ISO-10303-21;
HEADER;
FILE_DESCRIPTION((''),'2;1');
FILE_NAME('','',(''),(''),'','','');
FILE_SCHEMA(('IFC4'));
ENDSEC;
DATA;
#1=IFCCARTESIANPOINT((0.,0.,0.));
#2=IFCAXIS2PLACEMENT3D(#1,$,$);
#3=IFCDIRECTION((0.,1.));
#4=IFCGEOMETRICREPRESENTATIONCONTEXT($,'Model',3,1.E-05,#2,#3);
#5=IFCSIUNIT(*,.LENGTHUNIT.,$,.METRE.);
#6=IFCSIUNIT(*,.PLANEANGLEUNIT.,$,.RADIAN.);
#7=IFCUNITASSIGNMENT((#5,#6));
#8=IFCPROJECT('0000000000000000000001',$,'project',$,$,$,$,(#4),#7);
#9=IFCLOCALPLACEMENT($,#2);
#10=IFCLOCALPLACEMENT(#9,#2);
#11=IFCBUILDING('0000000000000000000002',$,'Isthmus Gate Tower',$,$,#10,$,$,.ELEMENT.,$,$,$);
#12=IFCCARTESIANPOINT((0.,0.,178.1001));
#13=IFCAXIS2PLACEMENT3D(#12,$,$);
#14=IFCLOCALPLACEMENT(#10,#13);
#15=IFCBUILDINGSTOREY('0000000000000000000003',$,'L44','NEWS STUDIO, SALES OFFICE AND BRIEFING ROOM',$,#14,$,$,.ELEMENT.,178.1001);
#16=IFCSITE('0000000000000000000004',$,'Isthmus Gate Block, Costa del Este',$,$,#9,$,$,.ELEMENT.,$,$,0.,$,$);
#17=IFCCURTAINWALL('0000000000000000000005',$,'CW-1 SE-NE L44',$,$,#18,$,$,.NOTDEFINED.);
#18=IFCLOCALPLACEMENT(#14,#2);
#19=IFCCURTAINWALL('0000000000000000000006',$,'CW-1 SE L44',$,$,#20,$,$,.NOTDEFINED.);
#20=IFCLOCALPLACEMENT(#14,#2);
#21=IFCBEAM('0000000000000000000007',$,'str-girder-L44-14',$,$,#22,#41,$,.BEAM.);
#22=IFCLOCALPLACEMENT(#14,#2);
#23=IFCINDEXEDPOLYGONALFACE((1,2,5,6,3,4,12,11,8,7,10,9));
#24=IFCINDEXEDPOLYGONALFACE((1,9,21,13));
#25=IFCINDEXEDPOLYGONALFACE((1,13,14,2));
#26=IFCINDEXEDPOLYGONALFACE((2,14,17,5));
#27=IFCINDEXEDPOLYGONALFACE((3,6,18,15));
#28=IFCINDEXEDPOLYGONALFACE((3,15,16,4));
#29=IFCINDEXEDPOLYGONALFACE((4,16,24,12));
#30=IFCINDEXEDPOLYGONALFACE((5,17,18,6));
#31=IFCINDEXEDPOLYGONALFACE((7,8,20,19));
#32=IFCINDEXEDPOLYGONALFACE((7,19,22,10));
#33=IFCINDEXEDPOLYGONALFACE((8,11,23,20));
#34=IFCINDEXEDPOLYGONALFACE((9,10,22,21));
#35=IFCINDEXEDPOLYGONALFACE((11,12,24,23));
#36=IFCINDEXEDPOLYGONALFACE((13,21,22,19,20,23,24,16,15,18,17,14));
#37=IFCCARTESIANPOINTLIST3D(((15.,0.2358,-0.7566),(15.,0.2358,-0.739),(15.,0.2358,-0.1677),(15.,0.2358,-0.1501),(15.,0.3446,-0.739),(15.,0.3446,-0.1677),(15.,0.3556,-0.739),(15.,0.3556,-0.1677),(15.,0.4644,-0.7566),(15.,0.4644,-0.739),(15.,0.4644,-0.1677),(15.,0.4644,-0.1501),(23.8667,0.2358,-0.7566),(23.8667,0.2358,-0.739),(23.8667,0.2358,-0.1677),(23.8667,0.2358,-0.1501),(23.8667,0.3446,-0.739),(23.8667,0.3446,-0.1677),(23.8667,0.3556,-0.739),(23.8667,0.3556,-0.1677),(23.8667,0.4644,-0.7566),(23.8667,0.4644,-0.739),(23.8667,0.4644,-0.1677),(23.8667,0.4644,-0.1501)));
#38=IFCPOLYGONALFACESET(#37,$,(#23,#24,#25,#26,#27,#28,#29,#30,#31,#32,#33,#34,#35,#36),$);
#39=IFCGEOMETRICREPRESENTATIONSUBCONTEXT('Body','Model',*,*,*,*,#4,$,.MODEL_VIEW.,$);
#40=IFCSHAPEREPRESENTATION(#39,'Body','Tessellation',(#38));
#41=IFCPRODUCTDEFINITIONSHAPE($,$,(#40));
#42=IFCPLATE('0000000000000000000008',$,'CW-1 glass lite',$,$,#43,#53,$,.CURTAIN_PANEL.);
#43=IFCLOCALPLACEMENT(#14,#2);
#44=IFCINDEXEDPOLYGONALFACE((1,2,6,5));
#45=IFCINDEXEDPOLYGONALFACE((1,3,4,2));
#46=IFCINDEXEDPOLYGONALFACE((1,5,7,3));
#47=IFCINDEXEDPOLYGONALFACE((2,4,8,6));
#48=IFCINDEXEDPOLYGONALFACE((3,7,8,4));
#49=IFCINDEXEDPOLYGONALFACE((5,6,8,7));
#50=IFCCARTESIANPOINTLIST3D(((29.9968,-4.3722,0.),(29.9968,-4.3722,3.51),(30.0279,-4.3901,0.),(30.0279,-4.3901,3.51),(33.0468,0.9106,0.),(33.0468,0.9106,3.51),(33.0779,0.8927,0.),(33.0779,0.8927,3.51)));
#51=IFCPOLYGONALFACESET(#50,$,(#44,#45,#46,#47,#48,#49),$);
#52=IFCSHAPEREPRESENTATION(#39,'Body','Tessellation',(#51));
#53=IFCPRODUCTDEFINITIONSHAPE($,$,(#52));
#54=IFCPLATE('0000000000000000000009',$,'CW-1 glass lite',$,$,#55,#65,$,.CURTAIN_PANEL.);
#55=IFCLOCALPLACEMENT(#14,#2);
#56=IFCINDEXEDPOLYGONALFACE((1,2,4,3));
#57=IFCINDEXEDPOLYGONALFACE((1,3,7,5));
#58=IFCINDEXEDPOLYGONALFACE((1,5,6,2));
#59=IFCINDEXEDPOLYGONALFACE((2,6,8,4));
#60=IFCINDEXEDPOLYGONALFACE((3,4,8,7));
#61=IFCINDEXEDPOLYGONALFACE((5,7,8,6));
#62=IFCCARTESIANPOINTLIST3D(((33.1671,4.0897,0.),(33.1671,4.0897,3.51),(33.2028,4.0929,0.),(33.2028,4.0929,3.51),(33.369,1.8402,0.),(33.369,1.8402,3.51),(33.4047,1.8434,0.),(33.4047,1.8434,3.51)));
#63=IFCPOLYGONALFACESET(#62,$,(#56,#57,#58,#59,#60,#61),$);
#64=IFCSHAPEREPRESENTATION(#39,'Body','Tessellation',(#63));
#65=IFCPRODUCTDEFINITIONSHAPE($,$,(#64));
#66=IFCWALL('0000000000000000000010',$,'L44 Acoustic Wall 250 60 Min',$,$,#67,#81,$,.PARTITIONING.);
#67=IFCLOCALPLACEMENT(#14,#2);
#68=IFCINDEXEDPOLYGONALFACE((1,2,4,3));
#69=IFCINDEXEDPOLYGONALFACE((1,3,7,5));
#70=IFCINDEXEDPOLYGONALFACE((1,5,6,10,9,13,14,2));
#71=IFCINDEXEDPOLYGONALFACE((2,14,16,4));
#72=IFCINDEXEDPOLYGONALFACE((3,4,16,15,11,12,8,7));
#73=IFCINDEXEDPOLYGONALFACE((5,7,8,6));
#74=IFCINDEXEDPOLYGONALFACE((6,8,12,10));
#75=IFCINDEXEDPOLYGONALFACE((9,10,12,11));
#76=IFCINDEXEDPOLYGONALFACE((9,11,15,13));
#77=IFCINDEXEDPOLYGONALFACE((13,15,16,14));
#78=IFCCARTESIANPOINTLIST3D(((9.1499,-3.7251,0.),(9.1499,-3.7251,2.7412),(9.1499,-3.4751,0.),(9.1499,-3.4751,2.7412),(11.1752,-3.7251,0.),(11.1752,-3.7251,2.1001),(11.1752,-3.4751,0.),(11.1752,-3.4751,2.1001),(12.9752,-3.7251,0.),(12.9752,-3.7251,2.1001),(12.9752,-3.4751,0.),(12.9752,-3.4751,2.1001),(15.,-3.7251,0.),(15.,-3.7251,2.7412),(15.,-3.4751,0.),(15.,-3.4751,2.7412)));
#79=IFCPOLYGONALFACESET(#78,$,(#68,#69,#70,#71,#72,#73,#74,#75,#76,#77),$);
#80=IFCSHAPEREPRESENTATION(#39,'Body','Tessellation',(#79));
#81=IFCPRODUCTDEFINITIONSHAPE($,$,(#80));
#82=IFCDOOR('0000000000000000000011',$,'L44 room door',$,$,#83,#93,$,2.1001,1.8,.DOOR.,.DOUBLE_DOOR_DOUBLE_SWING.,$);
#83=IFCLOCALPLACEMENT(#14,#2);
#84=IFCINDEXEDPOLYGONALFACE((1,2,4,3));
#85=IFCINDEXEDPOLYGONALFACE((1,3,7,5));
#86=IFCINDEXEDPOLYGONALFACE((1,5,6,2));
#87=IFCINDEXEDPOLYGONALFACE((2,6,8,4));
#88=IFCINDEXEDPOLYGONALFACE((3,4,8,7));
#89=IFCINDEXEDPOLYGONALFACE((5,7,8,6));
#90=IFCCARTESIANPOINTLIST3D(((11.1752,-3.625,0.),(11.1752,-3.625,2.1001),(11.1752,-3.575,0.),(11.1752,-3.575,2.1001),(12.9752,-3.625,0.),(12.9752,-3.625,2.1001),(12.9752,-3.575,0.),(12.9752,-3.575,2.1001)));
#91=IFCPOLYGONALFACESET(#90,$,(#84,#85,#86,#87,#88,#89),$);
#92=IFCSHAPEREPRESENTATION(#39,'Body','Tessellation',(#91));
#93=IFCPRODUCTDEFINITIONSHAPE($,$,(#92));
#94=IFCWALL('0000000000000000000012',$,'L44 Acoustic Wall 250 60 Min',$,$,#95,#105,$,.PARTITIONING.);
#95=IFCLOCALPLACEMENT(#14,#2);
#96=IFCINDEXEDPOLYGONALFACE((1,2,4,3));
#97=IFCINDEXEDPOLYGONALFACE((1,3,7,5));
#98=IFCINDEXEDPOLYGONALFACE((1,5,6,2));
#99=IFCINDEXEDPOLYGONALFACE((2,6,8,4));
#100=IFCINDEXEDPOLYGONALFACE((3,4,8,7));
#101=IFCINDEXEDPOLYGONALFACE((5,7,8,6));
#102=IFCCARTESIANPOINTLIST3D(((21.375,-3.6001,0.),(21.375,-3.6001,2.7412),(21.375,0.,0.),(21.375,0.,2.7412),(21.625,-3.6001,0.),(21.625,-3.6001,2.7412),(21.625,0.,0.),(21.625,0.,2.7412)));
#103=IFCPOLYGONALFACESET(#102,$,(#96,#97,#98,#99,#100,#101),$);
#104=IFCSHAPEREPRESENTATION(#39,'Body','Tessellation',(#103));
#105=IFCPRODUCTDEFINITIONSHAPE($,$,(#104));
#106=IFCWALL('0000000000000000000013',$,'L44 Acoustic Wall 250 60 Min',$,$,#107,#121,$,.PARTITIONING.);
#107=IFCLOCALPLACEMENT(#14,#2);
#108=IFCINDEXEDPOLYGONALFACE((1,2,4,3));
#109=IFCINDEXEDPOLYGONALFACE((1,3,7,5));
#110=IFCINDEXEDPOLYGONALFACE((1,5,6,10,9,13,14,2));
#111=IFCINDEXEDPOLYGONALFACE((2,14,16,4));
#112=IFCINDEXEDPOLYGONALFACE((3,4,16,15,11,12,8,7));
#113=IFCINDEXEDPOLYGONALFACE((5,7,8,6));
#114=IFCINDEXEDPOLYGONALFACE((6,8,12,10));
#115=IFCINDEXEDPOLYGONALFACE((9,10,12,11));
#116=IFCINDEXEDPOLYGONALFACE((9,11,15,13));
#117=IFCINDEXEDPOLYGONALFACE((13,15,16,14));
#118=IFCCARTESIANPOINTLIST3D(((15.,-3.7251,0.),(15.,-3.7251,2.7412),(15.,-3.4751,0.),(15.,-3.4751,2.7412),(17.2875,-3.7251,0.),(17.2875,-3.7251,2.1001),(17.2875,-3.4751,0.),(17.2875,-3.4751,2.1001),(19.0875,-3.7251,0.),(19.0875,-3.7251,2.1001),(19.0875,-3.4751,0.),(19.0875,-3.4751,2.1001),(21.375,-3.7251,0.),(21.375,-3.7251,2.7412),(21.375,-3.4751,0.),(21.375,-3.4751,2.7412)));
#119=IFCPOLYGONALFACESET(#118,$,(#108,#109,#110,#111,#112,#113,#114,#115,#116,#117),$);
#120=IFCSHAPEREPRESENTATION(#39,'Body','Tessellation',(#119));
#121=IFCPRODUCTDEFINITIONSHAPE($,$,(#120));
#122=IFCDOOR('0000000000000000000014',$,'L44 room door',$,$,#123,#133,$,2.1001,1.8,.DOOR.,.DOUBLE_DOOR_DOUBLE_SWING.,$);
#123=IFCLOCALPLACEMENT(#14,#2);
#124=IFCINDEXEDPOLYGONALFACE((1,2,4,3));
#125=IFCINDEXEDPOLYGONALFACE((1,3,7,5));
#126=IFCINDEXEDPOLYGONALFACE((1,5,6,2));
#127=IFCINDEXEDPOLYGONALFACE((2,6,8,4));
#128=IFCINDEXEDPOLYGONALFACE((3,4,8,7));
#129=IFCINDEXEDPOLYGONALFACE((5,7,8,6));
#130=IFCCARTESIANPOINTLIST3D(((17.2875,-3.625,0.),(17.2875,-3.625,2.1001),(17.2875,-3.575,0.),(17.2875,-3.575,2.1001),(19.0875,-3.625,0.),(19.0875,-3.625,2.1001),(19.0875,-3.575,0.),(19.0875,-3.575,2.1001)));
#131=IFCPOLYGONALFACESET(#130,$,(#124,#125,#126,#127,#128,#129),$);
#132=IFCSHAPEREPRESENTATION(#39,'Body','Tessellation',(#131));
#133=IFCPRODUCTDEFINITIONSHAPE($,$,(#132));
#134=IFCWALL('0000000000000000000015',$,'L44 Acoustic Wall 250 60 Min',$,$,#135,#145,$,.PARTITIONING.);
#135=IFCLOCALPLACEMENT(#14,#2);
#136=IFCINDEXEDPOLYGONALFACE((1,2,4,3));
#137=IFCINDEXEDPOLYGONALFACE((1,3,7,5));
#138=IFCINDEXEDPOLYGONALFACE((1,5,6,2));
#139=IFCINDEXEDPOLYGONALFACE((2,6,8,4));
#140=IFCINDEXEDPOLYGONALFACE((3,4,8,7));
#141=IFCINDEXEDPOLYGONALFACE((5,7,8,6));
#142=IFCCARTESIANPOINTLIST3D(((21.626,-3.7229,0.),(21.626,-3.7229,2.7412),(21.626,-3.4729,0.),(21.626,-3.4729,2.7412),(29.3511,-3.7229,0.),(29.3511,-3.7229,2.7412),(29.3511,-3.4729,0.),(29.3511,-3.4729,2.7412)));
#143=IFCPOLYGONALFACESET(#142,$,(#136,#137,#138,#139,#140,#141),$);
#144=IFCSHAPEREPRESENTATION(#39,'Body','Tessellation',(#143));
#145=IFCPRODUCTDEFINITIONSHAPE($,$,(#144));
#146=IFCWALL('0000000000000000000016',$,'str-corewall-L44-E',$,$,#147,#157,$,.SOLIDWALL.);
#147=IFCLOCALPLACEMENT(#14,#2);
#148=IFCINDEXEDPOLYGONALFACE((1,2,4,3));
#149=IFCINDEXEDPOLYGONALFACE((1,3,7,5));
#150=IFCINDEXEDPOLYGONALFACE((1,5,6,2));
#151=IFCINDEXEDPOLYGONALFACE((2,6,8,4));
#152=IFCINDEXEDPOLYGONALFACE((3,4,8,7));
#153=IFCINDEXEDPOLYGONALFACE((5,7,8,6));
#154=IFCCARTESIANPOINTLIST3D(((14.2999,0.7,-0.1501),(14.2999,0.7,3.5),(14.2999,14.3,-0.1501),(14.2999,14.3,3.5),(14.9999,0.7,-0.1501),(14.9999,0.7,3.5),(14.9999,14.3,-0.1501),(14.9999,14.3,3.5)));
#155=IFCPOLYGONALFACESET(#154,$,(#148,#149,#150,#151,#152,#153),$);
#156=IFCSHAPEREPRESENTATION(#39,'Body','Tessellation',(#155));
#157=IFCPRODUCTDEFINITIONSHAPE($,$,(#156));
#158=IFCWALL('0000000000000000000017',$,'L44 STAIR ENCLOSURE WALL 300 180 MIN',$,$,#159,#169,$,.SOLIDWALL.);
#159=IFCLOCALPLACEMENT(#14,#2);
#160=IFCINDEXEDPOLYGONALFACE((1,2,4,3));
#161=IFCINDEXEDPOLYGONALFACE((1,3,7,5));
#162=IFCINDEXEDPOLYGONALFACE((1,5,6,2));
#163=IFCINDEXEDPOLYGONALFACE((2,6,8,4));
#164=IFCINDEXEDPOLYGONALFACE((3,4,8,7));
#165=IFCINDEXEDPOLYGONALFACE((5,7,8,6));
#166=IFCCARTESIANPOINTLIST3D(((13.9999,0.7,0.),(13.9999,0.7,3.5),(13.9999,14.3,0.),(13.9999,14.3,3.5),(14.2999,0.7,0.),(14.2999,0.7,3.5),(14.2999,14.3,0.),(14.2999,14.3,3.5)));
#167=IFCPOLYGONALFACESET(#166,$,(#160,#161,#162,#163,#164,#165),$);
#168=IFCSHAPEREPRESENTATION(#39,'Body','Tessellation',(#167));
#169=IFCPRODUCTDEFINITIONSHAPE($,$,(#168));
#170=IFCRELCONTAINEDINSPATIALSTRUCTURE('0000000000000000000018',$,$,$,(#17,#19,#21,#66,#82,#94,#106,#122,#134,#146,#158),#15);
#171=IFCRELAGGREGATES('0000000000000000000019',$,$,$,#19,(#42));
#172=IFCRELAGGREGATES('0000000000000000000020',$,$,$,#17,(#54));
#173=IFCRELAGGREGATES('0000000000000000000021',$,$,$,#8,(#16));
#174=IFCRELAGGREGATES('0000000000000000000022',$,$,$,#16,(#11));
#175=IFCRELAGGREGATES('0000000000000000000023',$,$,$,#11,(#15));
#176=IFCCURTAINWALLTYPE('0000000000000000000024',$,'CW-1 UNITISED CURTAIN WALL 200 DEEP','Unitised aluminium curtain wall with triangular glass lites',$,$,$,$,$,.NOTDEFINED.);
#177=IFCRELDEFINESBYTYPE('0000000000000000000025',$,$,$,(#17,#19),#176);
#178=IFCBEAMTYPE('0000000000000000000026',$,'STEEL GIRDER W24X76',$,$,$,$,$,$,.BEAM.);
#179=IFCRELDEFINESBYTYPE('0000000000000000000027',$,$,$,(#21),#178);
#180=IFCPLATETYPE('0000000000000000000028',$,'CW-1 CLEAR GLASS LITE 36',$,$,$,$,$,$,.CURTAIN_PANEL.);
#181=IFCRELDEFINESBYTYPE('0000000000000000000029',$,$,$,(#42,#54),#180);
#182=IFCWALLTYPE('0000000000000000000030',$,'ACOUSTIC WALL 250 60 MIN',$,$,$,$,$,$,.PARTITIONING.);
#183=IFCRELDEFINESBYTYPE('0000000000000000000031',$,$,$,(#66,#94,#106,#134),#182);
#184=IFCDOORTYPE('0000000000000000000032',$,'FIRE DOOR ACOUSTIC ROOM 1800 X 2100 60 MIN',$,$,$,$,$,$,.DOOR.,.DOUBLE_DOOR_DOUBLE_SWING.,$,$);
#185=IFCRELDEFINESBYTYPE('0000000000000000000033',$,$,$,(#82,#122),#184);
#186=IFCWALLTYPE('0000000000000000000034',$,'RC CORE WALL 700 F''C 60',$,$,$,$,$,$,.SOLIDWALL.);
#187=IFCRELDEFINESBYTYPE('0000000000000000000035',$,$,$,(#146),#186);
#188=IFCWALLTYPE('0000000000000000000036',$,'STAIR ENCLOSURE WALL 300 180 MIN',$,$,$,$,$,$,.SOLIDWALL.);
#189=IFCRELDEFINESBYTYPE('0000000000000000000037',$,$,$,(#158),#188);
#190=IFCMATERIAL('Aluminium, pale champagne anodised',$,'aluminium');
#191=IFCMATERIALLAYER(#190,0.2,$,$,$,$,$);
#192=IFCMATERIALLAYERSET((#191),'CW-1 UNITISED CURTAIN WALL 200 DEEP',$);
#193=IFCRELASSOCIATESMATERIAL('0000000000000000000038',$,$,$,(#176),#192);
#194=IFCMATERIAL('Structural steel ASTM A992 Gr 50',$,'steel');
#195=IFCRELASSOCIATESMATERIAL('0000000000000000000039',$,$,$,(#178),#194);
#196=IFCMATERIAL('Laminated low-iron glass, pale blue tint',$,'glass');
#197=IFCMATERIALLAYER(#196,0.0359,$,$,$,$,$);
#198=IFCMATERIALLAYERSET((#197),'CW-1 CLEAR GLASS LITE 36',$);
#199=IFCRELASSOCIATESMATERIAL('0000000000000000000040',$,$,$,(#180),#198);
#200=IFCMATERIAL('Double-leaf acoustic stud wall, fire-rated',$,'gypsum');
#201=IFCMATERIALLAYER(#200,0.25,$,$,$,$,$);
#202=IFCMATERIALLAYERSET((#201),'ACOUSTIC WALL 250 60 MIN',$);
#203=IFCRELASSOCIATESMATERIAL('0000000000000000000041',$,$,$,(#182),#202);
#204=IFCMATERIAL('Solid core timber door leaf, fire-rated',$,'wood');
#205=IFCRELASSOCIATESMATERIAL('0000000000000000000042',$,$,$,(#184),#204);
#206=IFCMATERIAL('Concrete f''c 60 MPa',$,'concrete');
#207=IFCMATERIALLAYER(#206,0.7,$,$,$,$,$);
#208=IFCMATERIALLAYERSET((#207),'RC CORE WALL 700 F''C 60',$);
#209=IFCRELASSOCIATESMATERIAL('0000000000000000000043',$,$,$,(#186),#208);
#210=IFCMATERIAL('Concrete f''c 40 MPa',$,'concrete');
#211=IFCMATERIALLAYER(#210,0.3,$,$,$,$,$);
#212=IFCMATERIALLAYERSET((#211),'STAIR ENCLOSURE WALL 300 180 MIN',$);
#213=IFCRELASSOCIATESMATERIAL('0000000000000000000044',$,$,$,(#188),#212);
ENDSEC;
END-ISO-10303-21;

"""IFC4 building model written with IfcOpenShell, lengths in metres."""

from ifc_helpers import new_model, si_unit, direction, frame, frame_2d, origin, origin_2d, place, context, subcontext, project, spatial, rectangle, i_section, extrude, material, layer, layer_set, material_profile, profile_set, type_object, element, fill, aggregate, save


model = new_model("IFC4")

# Units and contexts
model_context = context("Model", 3, precision=1e-05, world=origin(), true_north=direction((0.0, 1.0)))
body_context = subcontext(model_context, "Body", "Model", "MODEL_VIEW")
ifc_project = project(units=[si_unit("LENGTHUNIT", "METRE"), si_unit("PLANEANGLEUNIT", "RADIAN")], contexts=[model_context])

# Site, building, storey
site_placement = place(None, origin())
site = spatial("IfcSite", under=ifc_project, at=site_placement, Name="Isthmus Gate Block, Costa del Este", CompositionType="ELEMENT", RefElevation=0.0)
building_placement = place(site_placement, origin())
building = spatial("IfcBuilding", under=site, at=building_placement, Name="Isthmus Gate Tower", CompositionType="ELEMENT")
storey_placement = place(building_placement, frame((0.0, 0.0, 178.1001)))
storey = spatial("IfcBuildingStorey", under=building, at=storey_placement, Name="L44", Description="NEWS STUDIO, SALES OFFICE AND BRIEFING ROOM", CompositionType="ELEMENT", Elevation=178.1001)

# Curtain walls
ifc_material_1 = material(Name="Aluminium, pale champagne anodised", Category="aluminium")
ifc_layer_1 = layer(ifc_material_1, 0.2)
ifc_layer_set_1 = layer_set([ifc_layer_1], Name="CW-1 UNITISED CURTAIN WALL 200 DEEP")
curtain_wall_type = type_object("IfcCurtainWallType", Name="CW-1 UNITISED CURTAIN WALL 200 DEEP", Description="Unitised aluminium curtain wall with triangular glass lites", PredefinedType="NOTDEFINED", material=ifc_layer_set_1)
curtain_wall_1_placement = place(storey_placement, origin())
curtain_wall_1 = element("IfcCurtainWall", 1, at=curtain_wall_1_placement, inside=storey, type_object=curtain_wall_type, Name="CW-1 SE-NE L44", PredefinedType="NOTDEFINED")
curtain_wall_2_placement = place(storey_placement, origin())
curtain_wall_2 = element("IfcCurtainWall", 2, at=curtain_wall_2_placement, inside=storey, type_object=curtain_wall_type, Name="CW-1 SE L44", PredefinedType="NOTDEFINED")

# Beam
ifc_material_2 = material(Name="Structural steel ASTM A992 Gr 50", Category="steel")
ifc_material_profile_1 = material_profile(ifc_material_2, i_section(OverallWidth=0.2285, OverallDepth=0.6064, WebThickness=0.011, FlangeThickness=0.0176, at=origin_2d()), Name="W24X76")
ifc_profile_set_1 = profile_set([ifc_material_profile_1], Name="Structural steel ASTM A992 Gr 50")
beam_type_1 = type_object("IfcBeamType", Name="STEEL GIRDER W24X76", PredefinedType="BEAM", material=ifc_profile_set_1)
beam_1_placement = place(storey_placement, frame((15.0, 0.3501, -0.4534), z_axis=(1.0, 0.0, 0.0), x_axis=(0.0, 1.0, 0.0)))
element("IfcBeam", 3, at=beam_1_placement, inside=storey, type_object=beam_type_1, Name="str-girder-L44-14", PredefinedType="BEAM", context=body_context, shape_type="SweptSolid", body=[
    extrude(i_section(OverallWidth=0.2285, OverallDepth=0.6064, WebThickness=0.011, FlangeThickness=0.0176, at=origin_2d()), origin(), (0.0, 0.0, 1.0), 8.8667),
])

# Plates
ifc_material_3 = material(Name="Laminated low-iron glass, pale blue tint", Category="glass")
ifc_layer_2 = layer(ifc_material_3, 0.0359)
ifc_layer_set_2 = layer_set([ifc_layer_2], Name="CW-1 CLEAR GLASS LITE 36")
plate_type = type_object("IfcPlateType", Name="CW-1 CLEAR GLASS LITE 36", PredefinedType="CURTAIN_PANEL", material=ifc_layer_set_2)
plate_1_placement = place(storey_placement, frame((31.5374, -1.7397, 0.0), z_axis=(0.0, 0.0, 1.0), x_axis=(0.5, 0.866025, 0.0)))
plate_1 = element("IfcPlate", 4, at=plate_1_placement, type_object=plate_type, Name="CW-1 glass lite", PredefinedType="CURTAIN_PANEL", context=body_context, shape_type="SweptSolid", body=[
    extrude(rectangle(XDim=6.1001, YDim=0.0359, at=origin_2d()), origin(), (0.0, 0.0, 1.0), 3.51),
])
aggregate(curtain_wall_2, [plate_1])
plate_2_placement = place(storey_placement, frame((33.2859, 2.9666, 0.0), z_axis=(0.0, 0.0, 1.0), x_axis=(-0.089397, 0.995996, 0.0)))
plate_2 = element("IfcPlate", 5, at=plate_2_placement, type_object=plate_type, Name="CW-1 glass lite", PredefinedType="CURTAIN_PANEL", context=body_context, shape_type="SweptSolid", body=[
    extrude(rectangle(XDim=2.2585, YDim=0.0359, at=origin_2d()), origin(), (0.0, 0.0, 1.0), 3.51),
])
aggregate(curtain_wall_1, [plate_2])

# Wall, opening, door
ifc_material_4 = material(Name="Double-leaf acoustic stud wall, fire-rated", Category="gypsum")
ifc_layer_3 = layer(ifc_material_4, 0.25)
ifc_layer_set_3 = layer_set([ifc_layer_3], Name="ACOUSTIC WALL 250 60 MIN")
wall_type_1 = type_object("IfcWallType", Name="ACOUSTIC WALL 250 60 MIN", PredefinedType="PARTITIONING", material=ifc_layer_set_3)
wall_1_placement = place(storey_placement, frame((15.0, -3.6001, 0.0), z_axis=(0.0, 0.0, 1.0), x_axis=(-1.0, 0.0, 0.0)))
wall_1 = element("IfcWall", 6, at=wall_1_placement, inside=storey, type_object=wall_type_1, Name="L44 Acoustic Wall 250 60 Min", PredefinedType="PARTITIONING", context=body_context, shape_type="SweptSolid", body=[
    extrude(rectangle(XDim=5.8501, YDim=0.25, at=frame_2d((2.925, 0.0))), origin(), (0.0, 0.0, 1.0), 2.7412),
])
opening_1_placement = place(wall_1_placement, frame((2.0249, 0.0, 0.0)))
opening_1 = element("IfcOpeningElement", 7, at=opening_1_placement, cuts=wall_1, PredefinedType="OPENING", context=body_context, shape_type="SweptSolid", body=[
    extrude(rectangle(XDim=1.8, YDim=2.1001, at=frame_2d((0.8999, 1.05))), frame((0.0, 0.135, 0.0), z_axis=(0.0, -1.0, 0.0), x_axis=(1.0, 0.0, 0.0)), (0.0, 0.0, 1.0), 0.27),
])
ifc_material_5 = material(Name="Solid core timber door leaf, fire-rated", Category="wood")
door_type = type_object("IfcDoorType", Name="FIRE DOOR ACOUSTIC ROOM 1800 X 2100 60 MIN", OperationType="DOUBLE_DOOR_DOUBLE_SWING", PredefinedType="DOOR", material=ifc_material_5)
door_1_placement = place(opening_1_placement, origin())
door_1 = element("IfcDoor", 8, at=door_1_placement, inside=storey, type_object=door_type, Name="L44 room door", OperationType="DOUBLE_DOOR_DOUBLE_SWING", OverallHeight=2.1001, OverallWidth=1.8, PredefinedType="DOOR", context=body_context, shape_type="SweptSolid", body=[
    extrude(rectangle(XDim=1.8, YDim=2.1001, at=frame_2d((0.8999, 1.05))), frame((0.0, 0.0249, 0.0), z_axis=(0.0, -1.0, 0.0), x_axis=(1.0, 0.0, 0.0)), (0.0, 0.0, 1.0), 0.05),
])
fill(opening_1, door_1)

# Wall
wall_2_placement = place(storey_placement, frame((21.5, 0.0, 0.0), z_axis=(0.0, 0.0, 1.0), x_axis=(0.0, -1.0, 0.0)))
element("IfcWall", 9, at=wall_2_placement, inside=storey, type_object=wall_type_1, Name="L44 Acoustic Wall 250 60 Min", PredefinedType="PARTITIONING", context=body_context, shape_type="SweptSolid", body=[
    extrude(rectangle(XDim=3.6001, YDim=0.25, at=frame_2d((1.8, 0.0))), origin(), (0.0, 0.0, 1.0), 2.7412),
])

# Wall, opening, door
wall_3_placement = place(storey_placement, frame((21.375, -3.6001, 0.0), z_axis=(0.0, 0.0, 1.0), x_axis=(-1.0, 0.0, 0.0)))
wall_3 = element("IfcWall", 10, at=wall_3_placement, inside=storey, type_object=wall_type_1, Name="L44 Acoustic Wall 250 60 Min", PredefinedType="PARTITIONING", context=body_context, shape_type="SweptSolid", body=[
    extrude(rectangle(XDim=6.375, YDim=0.25, at=frame_2d((3.1875, 0.0))), origin(), (0.0, 0.0, 1.0), 2.7412),
])
opening_2_placement = place(wall_3_placement, frame((2.2876, 0.0, 0.0)))
opening_2 = element("IfcOpeningElement", 11, at=opening_2_placement, cuts=wall_3, PredefinedType="OPENING", context=body_context, shape_type="SweptSolid", body=[
    extrude(rectangle(XDim=1.8, YDim=2.1001, at=frame_2d((0.8999, 1.05))), frame((0.0, 0.135, 0.0), z_axis=(0.0, -1.0, 0.0), x_axis=(1.0, 0.0, 0.0)), (0.0, 0.0, 1.0), 0.27),
])
door_2_placement = place(opening_2_placement, origin())
door_2 = element("IfcDoor", 12, at=door_2_placement, inside=storey, type_object=door_type, Name="L44 room door", OperationType="DOUBLE_DOOR_DOUBLE_SWING", OverallHeight=2.1001, OverallWidth=1.8, PredefinedType="DOOR", context=body_context, shape_type="SweptSolid", body=[
    extrude(rectangle(XDim=1.8, YDim=2.1001, at=frame_2d((0.8999, 1.05))), frame((0.0, 0.0249, 0.0), z_axis=(0.0, -1.0, 0.0), x_axis=(1.0, 0.0, 0.0)), (0.0, 0.0, 1.0), 0.05),
])
fill(opening_2, door_2)

# Walls
wall_4_placement = place(storey_placement, frame((21.626, -3.5979, 0.0), z_axis=(0.0, 0.0, 1.0), x_axis=(1.0, 0.0, 0.0)))
element("IfcWall", 13, at=wall_4_placement, inside=storey, type_object=wall_type_1, Name="L44 Acoustic Wall 250 60 Min", PredefinedType="PARTITIONING", context=body_context, shape_type="SweptSolid", body=[
    extrude(rectangle(XDim=7.7251, YDim=0.25, at=frame_2d((3.8625, 0.0))), origin(), (0.0, 0.0, 1.0), 2.7412),
])
ifc_material_6 = material(Name="Concrete f'c 60 MPa", Category="concrete")
ifc_layer_4 = layer(ifc_material_6, 0.7)
ifc_layer_set_4 = layer_set([ifc_layer_4], Name="RC CORE WALL 700 F'C 60")
wall_type_2 = type_object("IfcWallType", Name="RC CORE WALL 700 F'C 60", PredefinedType="SOLIDWALL", material=ifc_layer_set_4)
wall_5_placement = place(storey_placement, frame((14.6499, 0.7, -0.1501), z_axis=(0.0, 0.0, 1.0), x_axis=(0.0, 1.0, 0.0)))
element("IfcWall", 14, at=wall_5_placement, inside=storey, type_object=wall_type_2, Name="str-corewall-L44-E", PredefinedType="SOLIDWALL", context=body_context, shape_type="SweptSolid", body=[
    extrude(rectangle(XDim=13.6001, YDim=0.7, at=frame_2d((6.8, 0.0))), origin(), (0.0, 0.0, 1.0), 3.6501),
])
ifc_material_7 = material(Name="Concrete f'c 40 MPa", Category="concrete")
ifc_layer_5 = layer(ifc_material_7, 0.3)
ifc_layer_set_5 = layer_set([ifc_layer_5], Name="STAIR ENCLOSURE WALL 300 180 MIN")
wall_type_3 = type_object("IfcWallType", Name="STAIR ENCLOSURE WALL 300 180 MIN", PredefinedType="SOLIDWALL", material=ifc_layer_set_5)
wall_6_placement = place(storey_placement, frame((14.1499, 0.7, 0.0), z_axis=(0.0, 0.0, 1.0), x_axis=(0.0, 1.0, 0.0)))
element("IfcWall", 15, at=wall_6_placement, inside=storey, type_object=wall_type_3, Name="L44 STAIR ENCLOSURE WALL 300 180 MIN", PredefinedType="SOLIDWALL", context=body_context, shape_type="SweptSolid", body=[
    extrude(rectangle(XDim=13.6001, YDim=0.3, at=frame_2d((6.8, 0.0))), origin(), (0.0, 0.0, 1.0), 3.5),
])

save(model, "model.ifc")
